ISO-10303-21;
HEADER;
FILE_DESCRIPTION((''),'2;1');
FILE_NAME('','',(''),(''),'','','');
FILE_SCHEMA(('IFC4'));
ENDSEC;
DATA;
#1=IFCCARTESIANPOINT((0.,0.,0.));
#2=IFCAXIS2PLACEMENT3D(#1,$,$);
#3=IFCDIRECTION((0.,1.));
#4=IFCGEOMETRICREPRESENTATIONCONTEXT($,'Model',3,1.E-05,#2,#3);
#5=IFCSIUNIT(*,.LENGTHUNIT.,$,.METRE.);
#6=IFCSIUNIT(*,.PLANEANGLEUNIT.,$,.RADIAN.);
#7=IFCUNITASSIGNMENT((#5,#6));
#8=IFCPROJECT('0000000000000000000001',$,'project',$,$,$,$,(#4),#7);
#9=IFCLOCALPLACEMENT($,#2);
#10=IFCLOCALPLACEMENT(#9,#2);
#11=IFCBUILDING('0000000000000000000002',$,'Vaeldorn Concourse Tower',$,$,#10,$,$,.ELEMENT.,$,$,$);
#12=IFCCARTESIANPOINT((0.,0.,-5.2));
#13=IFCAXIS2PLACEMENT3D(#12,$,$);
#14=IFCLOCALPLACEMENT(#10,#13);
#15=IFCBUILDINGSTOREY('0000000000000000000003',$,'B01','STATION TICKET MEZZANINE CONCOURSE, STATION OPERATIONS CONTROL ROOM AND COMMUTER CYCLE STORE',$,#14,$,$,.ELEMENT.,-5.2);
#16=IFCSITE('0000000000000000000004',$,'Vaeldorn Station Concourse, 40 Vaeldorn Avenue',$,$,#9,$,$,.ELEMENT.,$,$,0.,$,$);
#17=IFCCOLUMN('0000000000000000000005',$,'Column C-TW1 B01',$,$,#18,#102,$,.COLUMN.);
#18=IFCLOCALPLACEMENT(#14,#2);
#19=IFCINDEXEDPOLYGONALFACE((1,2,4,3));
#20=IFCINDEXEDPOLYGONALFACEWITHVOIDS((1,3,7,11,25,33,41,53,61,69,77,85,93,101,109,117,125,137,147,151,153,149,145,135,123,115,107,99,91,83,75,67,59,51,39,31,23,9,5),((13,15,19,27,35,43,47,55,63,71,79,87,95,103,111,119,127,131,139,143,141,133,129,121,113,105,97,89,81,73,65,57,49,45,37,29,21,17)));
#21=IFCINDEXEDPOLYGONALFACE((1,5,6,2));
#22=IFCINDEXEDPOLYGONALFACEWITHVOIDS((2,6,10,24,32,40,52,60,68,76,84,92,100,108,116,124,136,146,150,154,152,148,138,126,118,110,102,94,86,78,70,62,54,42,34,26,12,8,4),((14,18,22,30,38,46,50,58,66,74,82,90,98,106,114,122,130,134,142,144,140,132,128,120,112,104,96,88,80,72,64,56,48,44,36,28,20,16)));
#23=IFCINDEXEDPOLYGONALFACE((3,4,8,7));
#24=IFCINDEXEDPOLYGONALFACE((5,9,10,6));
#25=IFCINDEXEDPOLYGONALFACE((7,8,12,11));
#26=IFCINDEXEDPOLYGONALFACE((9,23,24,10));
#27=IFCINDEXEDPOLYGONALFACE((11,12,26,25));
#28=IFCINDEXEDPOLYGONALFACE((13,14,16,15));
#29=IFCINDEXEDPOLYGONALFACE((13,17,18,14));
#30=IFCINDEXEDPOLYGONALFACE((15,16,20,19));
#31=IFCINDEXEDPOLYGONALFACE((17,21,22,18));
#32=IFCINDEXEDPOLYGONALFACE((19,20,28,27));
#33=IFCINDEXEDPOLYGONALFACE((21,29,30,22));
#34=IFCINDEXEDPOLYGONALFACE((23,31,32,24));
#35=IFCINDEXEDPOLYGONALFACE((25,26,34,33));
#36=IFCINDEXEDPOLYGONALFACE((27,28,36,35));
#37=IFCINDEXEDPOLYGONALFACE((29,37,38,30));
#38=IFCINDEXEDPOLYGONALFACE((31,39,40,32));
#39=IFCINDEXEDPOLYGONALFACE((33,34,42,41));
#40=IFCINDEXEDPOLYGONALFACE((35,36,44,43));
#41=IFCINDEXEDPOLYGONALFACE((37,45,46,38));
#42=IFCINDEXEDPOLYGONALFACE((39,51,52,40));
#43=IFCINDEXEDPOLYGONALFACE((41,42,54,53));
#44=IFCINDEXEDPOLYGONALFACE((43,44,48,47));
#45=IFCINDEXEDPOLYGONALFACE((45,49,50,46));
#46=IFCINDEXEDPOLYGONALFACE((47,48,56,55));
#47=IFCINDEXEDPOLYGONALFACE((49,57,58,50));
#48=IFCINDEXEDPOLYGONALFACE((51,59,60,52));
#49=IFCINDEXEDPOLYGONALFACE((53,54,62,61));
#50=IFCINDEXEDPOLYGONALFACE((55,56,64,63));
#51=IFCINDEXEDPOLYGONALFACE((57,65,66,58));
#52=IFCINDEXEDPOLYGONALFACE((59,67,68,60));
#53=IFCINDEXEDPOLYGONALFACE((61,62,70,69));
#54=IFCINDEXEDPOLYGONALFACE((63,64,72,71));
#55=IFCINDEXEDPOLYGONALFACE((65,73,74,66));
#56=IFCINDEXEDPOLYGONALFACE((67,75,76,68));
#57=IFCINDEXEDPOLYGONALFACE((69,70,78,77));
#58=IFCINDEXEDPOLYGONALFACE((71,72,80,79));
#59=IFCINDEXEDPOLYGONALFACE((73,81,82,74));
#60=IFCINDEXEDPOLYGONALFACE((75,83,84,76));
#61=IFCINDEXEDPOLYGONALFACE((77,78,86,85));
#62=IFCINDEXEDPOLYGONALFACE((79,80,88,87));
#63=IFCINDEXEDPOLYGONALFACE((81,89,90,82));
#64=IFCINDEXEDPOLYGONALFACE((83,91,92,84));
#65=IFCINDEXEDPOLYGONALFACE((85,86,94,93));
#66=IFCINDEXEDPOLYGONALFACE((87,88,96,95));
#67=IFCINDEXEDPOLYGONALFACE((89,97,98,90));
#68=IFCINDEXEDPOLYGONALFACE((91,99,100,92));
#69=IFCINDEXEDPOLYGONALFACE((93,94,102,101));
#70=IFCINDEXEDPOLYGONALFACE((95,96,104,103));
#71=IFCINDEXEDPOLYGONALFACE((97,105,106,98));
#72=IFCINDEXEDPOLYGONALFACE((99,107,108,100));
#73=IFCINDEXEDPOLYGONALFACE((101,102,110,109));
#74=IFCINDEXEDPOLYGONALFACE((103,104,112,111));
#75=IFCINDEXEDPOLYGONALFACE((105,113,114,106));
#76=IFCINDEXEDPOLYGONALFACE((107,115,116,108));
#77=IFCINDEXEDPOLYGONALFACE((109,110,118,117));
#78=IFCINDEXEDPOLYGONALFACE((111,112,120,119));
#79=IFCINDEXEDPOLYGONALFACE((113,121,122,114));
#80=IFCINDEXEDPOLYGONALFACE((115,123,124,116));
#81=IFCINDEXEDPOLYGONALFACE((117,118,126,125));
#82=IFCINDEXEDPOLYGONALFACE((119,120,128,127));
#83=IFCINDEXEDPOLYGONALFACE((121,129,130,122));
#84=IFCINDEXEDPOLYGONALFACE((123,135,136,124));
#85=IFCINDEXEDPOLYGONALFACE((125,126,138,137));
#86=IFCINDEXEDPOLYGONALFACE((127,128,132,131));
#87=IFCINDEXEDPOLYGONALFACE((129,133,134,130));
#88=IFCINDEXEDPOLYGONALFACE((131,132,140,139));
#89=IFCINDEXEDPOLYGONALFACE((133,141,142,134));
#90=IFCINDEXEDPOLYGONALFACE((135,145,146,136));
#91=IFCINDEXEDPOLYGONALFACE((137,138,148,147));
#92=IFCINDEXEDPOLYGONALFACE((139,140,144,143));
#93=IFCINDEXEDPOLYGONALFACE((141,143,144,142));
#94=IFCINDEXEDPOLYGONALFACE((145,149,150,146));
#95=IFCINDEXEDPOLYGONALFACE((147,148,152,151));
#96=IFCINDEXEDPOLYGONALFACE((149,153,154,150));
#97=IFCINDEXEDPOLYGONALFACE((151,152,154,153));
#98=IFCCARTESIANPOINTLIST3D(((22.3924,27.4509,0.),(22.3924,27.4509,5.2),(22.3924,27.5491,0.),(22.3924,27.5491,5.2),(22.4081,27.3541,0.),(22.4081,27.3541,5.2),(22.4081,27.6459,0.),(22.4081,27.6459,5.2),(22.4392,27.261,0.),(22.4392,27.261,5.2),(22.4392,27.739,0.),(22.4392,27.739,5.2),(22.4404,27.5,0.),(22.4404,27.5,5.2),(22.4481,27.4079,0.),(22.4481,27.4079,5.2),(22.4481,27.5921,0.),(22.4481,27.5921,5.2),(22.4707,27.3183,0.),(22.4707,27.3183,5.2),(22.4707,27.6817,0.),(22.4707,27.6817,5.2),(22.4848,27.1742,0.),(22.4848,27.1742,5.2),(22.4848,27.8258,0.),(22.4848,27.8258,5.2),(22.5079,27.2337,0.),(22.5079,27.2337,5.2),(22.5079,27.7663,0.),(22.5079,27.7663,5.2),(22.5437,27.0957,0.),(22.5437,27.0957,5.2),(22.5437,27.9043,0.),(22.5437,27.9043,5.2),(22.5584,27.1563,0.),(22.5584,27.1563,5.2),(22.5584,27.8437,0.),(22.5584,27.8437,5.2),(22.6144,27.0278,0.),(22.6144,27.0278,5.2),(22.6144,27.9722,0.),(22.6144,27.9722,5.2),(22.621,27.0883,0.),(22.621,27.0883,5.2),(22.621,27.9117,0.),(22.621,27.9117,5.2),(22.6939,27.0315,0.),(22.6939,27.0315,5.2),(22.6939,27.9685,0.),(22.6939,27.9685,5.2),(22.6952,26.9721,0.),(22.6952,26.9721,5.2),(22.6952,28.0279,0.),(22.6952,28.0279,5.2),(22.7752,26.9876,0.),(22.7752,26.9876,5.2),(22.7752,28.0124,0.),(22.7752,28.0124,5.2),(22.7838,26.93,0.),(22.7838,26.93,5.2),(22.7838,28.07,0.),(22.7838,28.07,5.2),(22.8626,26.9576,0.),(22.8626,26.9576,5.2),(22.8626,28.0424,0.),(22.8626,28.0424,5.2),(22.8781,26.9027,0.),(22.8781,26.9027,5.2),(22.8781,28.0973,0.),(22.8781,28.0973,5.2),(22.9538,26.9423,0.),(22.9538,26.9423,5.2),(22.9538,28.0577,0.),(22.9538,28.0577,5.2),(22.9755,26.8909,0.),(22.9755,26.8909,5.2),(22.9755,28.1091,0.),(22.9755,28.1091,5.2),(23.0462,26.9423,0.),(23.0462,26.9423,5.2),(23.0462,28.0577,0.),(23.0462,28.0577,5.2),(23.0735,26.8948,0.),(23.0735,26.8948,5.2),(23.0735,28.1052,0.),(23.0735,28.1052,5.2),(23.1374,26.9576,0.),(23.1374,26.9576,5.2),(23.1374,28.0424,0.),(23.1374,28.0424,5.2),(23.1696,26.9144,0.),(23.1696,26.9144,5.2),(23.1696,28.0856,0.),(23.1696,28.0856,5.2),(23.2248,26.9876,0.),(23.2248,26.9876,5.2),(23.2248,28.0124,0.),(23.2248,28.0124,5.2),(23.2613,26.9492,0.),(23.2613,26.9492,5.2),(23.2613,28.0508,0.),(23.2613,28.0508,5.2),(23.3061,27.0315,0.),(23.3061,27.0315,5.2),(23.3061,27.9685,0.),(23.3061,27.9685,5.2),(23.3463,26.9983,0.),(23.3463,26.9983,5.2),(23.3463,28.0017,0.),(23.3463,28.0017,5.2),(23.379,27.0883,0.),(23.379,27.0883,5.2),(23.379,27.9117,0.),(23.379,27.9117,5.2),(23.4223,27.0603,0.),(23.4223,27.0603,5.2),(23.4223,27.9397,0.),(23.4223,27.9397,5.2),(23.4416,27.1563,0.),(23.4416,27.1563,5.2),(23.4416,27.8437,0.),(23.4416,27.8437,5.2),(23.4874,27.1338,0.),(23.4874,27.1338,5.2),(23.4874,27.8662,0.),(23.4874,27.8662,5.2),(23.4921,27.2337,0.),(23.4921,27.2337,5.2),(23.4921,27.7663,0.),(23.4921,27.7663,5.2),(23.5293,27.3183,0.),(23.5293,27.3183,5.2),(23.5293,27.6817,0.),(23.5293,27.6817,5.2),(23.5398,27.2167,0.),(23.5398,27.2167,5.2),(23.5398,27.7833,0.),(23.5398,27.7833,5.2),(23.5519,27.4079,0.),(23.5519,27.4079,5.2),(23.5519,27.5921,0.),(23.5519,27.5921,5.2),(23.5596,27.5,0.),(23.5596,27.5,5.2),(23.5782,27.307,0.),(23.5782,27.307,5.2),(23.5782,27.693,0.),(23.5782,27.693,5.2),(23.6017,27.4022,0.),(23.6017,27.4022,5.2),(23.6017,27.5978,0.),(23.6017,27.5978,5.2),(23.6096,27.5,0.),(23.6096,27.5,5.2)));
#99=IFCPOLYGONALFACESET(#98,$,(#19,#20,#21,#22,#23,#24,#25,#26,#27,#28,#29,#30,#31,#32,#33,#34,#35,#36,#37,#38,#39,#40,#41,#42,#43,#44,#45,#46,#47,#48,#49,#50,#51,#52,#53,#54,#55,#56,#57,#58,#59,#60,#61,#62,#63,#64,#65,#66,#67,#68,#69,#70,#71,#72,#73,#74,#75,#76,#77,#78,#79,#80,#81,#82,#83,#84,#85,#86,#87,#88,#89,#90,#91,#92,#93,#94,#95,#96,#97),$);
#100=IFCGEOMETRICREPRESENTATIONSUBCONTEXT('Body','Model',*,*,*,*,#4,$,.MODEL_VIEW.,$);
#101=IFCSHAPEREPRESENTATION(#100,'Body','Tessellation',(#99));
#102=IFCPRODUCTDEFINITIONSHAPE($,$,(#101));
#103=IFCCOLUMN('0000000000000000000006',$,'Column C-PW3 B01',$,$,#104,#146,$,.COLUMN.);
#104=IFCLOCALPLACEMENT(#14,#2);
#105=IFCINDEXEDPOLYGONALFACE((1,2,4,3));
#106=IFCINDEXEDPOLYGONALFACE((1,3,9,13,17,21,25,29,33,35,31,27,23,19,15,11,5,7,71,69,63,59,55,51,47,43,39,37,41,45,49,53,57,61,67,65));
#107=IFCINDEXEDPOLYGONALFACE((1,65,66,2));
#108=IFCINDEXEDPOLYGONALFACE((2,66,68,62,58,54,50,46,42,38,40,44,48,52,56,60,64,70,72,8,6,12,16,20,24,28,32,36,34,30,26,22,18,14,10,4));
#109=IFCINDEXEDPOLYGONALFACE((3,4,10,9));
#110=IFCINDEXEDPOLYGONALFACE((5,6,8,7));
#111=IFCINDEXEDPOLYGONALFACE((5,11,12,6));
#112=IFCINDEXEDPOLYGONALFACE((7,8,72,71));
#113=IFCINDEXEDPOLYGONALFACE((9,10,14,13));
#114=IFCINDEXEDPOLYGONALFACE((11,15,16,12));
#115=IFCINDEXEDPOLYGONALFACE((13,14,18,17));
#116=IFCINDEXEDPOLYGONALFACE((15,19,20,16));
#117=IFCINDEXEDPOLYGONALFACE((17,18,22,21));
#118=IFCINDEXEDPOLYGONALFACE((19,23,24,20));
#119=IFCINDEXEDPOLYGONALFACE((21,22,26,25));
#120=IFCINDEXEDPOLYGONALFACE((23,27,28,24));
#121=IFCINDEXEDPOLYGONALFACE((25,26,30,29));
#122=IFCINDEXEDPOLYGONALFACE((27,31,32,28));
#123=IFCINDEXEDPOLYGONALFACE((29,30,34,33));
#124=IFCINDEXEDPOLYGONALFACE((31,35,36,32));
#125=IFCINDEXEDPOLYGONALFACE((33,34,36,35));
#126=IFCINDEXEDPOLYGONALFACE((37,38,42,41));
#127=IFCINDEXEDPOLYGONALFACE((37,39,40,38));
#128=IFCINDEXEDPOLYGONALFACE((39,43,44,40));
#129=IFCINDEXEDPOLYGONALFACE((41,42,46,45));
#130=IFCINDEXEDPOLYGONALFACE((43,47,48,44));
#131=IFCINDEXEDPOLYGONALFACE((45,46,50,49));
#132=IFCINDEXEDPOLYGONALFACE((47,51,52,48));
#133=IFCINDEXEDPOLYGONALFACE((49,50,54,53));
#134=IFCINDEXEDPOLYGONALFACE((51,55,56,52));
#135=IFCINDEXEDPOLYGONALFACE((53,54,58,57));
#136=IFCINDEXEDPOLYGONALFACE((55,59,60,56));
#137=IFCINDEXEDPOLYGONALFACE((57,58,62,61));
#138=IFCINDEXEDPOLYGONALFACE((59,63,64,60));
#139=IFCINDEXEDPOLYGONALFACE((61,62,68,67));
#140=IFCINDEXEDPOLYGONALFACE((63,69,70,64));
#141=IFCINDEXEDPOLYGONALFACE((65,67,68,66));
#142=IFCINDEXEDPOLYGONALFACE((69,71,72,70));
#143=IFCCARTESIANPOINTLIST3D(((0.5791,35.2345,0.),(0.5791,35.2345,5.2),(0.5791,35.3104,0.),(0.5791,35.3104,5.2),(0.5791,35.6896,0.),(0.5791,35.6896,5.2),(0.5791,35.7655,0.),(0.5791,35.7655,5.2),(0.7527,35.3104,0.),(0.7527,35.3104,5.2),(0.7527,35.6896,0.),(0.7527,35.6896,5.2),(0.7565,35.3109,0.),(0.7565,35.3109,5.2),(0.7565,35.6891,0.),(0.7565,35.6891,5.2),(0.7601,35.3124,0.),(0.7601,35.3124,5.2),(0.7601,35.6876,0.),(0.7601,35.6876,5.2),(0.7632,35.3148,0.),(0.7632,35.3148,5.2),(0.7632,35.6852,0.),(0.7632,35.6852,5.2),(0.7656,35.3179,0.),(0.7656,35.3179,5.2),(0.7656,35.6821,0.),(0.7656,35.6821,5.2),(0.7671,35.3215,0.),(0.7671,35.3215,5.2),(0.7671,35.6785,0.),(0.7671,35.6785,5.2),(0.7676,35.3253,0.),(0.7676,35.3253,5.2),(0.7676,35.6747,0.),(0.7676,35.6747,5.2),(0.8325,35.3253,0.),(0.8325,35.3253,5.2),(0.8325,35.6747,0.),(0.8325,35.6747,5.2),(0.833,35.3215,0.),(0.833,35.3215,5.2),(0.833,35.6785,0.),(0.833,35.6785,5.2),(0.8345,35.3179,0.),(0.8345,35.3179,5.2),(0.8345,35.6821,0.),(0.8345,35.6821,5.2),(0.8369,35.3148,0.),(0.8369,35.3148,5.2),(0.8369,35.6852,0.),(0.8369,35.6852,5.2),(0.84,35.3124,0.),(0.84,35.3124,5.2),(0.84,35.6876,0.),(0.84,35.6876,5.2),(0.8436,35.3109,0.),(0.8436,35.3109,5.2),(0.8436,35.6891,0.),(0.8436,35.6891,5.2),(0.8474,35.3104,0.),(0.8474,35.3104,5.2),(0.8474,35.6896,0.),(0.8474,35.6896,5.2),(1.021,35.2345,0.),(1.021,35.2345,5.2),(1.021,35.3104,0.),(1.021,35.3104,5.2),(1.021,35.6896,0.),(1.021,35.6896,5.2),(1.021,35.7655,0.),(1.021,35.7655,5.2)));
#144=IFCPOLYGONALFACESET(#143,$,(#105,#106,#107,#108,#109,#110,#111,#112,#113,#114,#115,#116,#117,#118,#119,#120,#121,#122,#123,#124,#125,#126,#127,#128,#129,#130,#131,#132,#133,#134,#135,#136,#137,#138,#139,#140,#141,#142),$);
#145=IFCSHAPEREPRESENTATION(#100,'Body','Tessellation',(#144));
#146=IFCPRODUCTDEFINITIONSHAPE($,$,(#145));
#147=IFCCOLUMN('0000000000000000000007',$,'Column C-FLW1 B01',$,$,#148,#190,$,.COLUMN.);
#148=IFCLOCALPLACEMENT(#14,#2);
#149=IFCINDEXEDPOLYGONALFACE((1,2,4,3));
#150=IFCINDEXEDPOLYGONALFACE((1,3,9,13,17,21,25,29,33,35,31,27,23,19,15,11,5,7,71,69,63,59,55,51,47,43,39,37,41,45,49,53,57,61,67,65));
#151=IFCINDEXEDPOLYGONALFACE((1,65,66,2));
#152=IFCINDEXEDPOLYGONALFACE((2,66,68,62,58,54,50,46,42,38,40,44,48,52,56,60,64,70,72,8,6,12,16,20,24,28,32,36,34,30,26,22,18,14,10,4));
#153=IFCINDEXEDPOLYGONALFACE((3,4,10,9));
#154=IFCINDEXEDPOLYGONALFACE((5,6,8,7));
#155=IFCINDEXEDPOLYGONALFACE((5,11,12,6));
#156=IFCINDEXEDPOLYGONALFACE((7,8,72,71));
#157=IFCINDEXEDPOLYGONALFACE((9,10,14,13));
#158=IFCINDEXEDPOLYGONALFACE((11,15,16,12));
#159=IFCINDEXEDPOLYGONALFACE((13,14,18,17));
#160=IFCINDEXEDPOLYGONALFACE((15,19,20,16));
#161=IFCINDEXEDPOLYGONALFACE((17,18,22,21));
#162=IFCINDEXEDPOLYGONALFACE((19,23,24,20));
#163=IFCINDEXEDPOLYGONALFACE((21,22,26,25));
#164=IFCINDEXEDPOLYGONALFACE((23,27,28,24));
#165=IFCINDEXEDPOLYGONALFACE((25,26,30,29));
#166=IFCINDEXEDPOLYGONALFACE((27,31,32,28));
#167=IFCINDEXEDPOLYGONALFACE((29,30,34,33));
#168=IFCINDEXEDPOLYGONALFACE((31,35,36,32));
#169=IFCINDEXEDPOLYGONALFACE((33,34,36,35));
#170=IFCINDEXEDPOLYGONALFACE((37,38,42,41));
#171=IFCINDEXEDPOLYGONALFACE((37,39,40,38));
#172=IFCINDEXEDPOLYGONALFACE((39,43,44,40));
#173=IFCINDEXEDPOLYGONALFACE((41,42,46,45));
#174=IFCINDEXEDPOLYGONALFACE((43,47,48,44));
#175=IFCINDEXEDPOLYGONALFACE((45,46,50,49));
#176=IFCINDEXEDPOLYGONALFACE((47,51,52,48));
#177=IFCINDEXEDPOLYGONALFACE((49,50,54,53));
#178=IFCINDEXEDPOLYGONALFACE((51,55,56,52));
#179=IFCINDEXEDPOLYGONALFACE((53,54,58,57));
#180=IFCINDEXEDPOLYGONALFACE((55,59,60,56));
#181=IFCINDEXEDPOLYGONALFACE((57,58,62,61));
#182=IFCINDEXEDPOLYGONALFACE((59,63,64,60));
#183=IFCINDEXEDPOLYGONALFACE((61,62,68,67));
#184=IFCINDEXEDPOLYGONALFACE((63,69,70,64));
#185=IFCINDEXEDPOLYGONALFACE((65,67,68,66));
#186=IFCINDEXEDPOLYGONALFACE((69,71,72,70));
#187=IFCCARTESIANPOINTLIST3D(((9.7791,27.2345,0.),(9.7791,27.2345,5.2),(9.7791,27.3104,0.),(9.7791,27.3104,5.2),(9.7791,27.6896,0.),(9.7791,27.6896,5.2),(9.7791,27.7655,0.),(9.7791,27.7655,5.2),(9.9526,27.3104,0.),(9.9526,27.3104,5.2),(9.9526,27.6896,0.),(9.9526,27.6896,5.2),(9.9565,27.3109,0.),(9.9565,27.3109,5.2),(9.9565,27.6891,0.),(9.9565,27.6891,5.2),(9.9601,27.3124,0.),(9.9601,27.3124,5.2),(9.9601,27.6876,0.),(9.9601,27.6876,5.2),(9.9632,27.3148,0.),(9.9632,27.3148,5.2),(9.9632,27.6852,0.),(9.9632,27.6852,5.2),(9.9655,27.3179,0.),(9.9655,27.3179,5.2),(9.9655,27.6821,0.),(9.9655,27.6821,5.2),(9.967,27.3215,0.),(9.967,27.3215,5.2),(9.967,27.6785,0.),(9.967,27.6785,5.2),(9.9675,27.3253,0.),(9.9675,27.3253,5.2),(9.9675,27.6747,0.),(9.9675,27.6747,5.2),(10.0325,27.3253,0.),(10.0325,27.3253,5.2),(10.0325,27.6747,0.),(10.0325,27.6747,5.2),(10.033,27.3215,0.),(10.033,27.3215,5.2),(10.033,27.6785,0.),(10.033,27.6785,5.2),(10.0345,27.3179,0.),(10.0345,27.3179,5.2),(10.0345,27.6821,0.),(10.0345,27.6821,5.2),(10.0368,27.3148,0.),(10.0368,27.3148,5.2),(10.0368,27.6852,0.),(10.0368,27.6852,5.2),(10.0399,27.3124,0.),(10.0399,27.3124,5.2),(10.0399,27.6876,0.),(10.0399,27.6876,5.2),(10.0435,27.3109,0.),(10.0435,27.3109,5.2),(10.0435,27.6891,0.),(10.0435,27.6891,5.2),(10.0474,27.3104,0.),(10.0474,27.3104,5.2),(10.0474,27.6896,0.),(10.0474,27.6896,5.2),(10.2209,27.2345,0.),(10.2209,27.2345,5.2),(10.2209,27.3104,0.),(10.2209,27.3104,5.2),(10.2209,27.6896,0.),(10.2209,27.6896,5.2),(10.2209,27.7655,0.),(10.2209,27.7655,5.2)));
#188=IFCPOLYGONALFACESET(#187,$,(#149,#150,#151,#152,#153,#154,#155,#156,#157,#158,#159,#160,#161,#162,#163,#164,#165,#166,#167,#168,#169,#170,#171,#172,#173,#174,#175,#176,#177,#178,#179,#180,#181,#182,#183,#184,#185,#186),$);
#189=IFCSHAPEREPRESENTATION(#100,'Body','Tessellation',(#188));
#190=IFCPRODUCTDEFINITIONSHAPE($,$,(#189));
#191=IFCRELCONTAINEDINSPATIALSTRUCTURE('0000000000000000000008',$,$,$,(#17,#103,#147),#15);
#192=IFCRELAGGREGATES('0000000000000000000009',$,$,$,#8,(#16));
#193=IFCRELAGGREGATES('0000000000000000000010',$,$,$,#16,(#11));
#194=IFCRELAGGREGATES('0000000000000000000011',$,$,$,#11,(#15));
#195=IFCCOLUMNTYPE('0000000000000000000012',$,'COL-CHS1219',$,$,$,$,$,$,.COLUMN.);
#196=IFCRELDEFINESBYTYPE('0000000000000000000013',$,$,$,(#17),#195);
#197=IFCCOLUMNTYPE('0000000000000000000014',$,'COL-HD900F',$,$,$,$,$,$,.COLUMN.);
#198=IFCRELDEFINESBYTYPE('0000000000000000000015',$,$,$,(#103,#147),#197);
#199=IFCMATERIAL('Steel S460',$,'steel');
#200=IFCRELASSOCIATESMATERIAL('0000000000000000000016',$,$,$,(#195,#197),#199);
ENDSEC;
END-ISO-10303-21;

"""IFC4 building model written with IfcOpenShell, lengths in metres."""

from ifc_helpers import new_model, si_unit, direction, frame, origin, origin_2d, place, context, subcontext, project, spatial, hollow_circle, i_section, extrude, source, transform, mapped, material, material_profile, profile_set, type_object, element, save


model = new_model("IFC4")

# Units and contexts
model_context = context("Model", 3, precision=1e-05, world=origin(), true_north=direction((0.0, 1.0)))
body_context = subcontext(model_context, "Body", "Model", "MODEL_VIEW")
ifc_project = project(units=[si_unit("LENGTHUNIT", "METRE"), si_unit("PLANEANGLEUNIT", "RADIAN")], contexts=[model_context])

# Site, building, storey
site_placement = place(None, origin())
site = spatial("IfcSite", under=ifc_project, at=site_placement, Name="Vaeldorn Station Concourse, 40 Vaeldorn Avenue", CompositionType="ELEMENT", RefElevation=0.0)
building_placement = place(site_placement, origin())
building = spatial("IfcBuilding", under=site, at=building_placement, Name="Vaeldorn Concourse Tower", CompositionType="ELEMENT")
storey_placement = place(building_placement, frame((0.0, 0.0, -5.2)))
storey = spatial("IfcBuildingStorey", under=building, at=storey_placement, Name="B01", Description="STATION TICKET MEZZANINE CONCOURSE, STATION OPERATIONS CONTROL ROOM AND COMMUTER CYCLE STORE", CompositionType="ELEMENT", Elevation=-5.2)

# Columns
ifc_material_1 = material(Name="Steel S460", Category="steel")
ifc_material_profile_1 = material_profile(ifc_material_1, hollow_circle(Radius=0.6096, WallThickness=0.05, at=origin_2d()), Name="CHS 1219x50")
ifc_profile_set_1 = profile_set([ifc_material_profile_1], Name="Steel S460")
column_type_1 = type_object("IfcColumnType", Name="COL-CHS1219", PredefinedType="COLUMN", material=ifc_profile_set_1)
shared_shape_1 = source(origin(), body_context, "Body", "SweptSolid", [
    extrude(hollow_circle(Radius=0.6096, WallThickness=0.05, at=origin_2d()), origin(), (0.0, 0.0, 1.0), 5.2),
])
for number, where, z_axis, x_axis, name in (
    (1, (23.0, 27.5, 0.0), (0.0, 0.0, 1.0), (1.0, 0.0, 0.0), "Column C-TW1 B01"),
):
    element("IfcColumn", number, at=place(storey_placement, frame(where, z_axis=z_axis, x_axis=x_axis)), inside=storey, type_object=column_type_1, Name=name, PredefinedType="COLUMN", context=body_context, shape_type="MappedRepresentation", body=[
        mapped(shared_shape_1, transform((0.0, 0.0, 0.0), scale=1.0)),
    ])
ifc_material_profile_2 = material_profile(ifc_material_1, i_section(OverallWidth=0.4419, OverallDepth=0.531, WebThickness=0.0649, FlangeThickness=0.0759, FilletRadius=0.0149, at=origin_2d()), Name="HD 400x900")
ifc_profile_set_2 = profile_set([ifc_material_profile_2], Name="Steel S460")
column_type_2 = type_object("IfcColumnType", Name="COL-HD900F", PredefinedType="COLUMN", material=ifc_profile_set_2)
shared_shape_2 = source(origin(), body_context, "Body", "SweptSolid", [
    extrude(i_section(OverallWidth=0.4419, OverallDepth=0.531, WebThickness=0.0649, FlangeThickness=0.0759, FilletRadius=0.0149, at=origin_2d()), origin(), (0.0, 0.0, 1.0), 5.2),
])
for number, where, z_axis, x_axis, name in (
    (2, (0.8, 35.5, 0.0), (0.0, 0.0, 1.0), (1.0, 0.0, 0.0), "Column C-PW3 B01"),
    (3, (10.0, 27.5, 0.0), (0.0, 0.0, 1.0), (1.0, 0.0, 0.0), "Column C-FLW1 B01"),
):
    element("IfcColumn", number, at=place(storey_placement, frame(where, z_axis=z_axis, x_axis=x_axis)), inside=storey, type_object=column_type_2, Name=name, PredefinedType="COLUMN", context=body_context, shape_type="MappedRepresentation", body=[
        mapped(shared_shape_2, transform((0.0, 0.0, 0.0), scale=1.0)),
    ])

save(model, "model.ifc")
